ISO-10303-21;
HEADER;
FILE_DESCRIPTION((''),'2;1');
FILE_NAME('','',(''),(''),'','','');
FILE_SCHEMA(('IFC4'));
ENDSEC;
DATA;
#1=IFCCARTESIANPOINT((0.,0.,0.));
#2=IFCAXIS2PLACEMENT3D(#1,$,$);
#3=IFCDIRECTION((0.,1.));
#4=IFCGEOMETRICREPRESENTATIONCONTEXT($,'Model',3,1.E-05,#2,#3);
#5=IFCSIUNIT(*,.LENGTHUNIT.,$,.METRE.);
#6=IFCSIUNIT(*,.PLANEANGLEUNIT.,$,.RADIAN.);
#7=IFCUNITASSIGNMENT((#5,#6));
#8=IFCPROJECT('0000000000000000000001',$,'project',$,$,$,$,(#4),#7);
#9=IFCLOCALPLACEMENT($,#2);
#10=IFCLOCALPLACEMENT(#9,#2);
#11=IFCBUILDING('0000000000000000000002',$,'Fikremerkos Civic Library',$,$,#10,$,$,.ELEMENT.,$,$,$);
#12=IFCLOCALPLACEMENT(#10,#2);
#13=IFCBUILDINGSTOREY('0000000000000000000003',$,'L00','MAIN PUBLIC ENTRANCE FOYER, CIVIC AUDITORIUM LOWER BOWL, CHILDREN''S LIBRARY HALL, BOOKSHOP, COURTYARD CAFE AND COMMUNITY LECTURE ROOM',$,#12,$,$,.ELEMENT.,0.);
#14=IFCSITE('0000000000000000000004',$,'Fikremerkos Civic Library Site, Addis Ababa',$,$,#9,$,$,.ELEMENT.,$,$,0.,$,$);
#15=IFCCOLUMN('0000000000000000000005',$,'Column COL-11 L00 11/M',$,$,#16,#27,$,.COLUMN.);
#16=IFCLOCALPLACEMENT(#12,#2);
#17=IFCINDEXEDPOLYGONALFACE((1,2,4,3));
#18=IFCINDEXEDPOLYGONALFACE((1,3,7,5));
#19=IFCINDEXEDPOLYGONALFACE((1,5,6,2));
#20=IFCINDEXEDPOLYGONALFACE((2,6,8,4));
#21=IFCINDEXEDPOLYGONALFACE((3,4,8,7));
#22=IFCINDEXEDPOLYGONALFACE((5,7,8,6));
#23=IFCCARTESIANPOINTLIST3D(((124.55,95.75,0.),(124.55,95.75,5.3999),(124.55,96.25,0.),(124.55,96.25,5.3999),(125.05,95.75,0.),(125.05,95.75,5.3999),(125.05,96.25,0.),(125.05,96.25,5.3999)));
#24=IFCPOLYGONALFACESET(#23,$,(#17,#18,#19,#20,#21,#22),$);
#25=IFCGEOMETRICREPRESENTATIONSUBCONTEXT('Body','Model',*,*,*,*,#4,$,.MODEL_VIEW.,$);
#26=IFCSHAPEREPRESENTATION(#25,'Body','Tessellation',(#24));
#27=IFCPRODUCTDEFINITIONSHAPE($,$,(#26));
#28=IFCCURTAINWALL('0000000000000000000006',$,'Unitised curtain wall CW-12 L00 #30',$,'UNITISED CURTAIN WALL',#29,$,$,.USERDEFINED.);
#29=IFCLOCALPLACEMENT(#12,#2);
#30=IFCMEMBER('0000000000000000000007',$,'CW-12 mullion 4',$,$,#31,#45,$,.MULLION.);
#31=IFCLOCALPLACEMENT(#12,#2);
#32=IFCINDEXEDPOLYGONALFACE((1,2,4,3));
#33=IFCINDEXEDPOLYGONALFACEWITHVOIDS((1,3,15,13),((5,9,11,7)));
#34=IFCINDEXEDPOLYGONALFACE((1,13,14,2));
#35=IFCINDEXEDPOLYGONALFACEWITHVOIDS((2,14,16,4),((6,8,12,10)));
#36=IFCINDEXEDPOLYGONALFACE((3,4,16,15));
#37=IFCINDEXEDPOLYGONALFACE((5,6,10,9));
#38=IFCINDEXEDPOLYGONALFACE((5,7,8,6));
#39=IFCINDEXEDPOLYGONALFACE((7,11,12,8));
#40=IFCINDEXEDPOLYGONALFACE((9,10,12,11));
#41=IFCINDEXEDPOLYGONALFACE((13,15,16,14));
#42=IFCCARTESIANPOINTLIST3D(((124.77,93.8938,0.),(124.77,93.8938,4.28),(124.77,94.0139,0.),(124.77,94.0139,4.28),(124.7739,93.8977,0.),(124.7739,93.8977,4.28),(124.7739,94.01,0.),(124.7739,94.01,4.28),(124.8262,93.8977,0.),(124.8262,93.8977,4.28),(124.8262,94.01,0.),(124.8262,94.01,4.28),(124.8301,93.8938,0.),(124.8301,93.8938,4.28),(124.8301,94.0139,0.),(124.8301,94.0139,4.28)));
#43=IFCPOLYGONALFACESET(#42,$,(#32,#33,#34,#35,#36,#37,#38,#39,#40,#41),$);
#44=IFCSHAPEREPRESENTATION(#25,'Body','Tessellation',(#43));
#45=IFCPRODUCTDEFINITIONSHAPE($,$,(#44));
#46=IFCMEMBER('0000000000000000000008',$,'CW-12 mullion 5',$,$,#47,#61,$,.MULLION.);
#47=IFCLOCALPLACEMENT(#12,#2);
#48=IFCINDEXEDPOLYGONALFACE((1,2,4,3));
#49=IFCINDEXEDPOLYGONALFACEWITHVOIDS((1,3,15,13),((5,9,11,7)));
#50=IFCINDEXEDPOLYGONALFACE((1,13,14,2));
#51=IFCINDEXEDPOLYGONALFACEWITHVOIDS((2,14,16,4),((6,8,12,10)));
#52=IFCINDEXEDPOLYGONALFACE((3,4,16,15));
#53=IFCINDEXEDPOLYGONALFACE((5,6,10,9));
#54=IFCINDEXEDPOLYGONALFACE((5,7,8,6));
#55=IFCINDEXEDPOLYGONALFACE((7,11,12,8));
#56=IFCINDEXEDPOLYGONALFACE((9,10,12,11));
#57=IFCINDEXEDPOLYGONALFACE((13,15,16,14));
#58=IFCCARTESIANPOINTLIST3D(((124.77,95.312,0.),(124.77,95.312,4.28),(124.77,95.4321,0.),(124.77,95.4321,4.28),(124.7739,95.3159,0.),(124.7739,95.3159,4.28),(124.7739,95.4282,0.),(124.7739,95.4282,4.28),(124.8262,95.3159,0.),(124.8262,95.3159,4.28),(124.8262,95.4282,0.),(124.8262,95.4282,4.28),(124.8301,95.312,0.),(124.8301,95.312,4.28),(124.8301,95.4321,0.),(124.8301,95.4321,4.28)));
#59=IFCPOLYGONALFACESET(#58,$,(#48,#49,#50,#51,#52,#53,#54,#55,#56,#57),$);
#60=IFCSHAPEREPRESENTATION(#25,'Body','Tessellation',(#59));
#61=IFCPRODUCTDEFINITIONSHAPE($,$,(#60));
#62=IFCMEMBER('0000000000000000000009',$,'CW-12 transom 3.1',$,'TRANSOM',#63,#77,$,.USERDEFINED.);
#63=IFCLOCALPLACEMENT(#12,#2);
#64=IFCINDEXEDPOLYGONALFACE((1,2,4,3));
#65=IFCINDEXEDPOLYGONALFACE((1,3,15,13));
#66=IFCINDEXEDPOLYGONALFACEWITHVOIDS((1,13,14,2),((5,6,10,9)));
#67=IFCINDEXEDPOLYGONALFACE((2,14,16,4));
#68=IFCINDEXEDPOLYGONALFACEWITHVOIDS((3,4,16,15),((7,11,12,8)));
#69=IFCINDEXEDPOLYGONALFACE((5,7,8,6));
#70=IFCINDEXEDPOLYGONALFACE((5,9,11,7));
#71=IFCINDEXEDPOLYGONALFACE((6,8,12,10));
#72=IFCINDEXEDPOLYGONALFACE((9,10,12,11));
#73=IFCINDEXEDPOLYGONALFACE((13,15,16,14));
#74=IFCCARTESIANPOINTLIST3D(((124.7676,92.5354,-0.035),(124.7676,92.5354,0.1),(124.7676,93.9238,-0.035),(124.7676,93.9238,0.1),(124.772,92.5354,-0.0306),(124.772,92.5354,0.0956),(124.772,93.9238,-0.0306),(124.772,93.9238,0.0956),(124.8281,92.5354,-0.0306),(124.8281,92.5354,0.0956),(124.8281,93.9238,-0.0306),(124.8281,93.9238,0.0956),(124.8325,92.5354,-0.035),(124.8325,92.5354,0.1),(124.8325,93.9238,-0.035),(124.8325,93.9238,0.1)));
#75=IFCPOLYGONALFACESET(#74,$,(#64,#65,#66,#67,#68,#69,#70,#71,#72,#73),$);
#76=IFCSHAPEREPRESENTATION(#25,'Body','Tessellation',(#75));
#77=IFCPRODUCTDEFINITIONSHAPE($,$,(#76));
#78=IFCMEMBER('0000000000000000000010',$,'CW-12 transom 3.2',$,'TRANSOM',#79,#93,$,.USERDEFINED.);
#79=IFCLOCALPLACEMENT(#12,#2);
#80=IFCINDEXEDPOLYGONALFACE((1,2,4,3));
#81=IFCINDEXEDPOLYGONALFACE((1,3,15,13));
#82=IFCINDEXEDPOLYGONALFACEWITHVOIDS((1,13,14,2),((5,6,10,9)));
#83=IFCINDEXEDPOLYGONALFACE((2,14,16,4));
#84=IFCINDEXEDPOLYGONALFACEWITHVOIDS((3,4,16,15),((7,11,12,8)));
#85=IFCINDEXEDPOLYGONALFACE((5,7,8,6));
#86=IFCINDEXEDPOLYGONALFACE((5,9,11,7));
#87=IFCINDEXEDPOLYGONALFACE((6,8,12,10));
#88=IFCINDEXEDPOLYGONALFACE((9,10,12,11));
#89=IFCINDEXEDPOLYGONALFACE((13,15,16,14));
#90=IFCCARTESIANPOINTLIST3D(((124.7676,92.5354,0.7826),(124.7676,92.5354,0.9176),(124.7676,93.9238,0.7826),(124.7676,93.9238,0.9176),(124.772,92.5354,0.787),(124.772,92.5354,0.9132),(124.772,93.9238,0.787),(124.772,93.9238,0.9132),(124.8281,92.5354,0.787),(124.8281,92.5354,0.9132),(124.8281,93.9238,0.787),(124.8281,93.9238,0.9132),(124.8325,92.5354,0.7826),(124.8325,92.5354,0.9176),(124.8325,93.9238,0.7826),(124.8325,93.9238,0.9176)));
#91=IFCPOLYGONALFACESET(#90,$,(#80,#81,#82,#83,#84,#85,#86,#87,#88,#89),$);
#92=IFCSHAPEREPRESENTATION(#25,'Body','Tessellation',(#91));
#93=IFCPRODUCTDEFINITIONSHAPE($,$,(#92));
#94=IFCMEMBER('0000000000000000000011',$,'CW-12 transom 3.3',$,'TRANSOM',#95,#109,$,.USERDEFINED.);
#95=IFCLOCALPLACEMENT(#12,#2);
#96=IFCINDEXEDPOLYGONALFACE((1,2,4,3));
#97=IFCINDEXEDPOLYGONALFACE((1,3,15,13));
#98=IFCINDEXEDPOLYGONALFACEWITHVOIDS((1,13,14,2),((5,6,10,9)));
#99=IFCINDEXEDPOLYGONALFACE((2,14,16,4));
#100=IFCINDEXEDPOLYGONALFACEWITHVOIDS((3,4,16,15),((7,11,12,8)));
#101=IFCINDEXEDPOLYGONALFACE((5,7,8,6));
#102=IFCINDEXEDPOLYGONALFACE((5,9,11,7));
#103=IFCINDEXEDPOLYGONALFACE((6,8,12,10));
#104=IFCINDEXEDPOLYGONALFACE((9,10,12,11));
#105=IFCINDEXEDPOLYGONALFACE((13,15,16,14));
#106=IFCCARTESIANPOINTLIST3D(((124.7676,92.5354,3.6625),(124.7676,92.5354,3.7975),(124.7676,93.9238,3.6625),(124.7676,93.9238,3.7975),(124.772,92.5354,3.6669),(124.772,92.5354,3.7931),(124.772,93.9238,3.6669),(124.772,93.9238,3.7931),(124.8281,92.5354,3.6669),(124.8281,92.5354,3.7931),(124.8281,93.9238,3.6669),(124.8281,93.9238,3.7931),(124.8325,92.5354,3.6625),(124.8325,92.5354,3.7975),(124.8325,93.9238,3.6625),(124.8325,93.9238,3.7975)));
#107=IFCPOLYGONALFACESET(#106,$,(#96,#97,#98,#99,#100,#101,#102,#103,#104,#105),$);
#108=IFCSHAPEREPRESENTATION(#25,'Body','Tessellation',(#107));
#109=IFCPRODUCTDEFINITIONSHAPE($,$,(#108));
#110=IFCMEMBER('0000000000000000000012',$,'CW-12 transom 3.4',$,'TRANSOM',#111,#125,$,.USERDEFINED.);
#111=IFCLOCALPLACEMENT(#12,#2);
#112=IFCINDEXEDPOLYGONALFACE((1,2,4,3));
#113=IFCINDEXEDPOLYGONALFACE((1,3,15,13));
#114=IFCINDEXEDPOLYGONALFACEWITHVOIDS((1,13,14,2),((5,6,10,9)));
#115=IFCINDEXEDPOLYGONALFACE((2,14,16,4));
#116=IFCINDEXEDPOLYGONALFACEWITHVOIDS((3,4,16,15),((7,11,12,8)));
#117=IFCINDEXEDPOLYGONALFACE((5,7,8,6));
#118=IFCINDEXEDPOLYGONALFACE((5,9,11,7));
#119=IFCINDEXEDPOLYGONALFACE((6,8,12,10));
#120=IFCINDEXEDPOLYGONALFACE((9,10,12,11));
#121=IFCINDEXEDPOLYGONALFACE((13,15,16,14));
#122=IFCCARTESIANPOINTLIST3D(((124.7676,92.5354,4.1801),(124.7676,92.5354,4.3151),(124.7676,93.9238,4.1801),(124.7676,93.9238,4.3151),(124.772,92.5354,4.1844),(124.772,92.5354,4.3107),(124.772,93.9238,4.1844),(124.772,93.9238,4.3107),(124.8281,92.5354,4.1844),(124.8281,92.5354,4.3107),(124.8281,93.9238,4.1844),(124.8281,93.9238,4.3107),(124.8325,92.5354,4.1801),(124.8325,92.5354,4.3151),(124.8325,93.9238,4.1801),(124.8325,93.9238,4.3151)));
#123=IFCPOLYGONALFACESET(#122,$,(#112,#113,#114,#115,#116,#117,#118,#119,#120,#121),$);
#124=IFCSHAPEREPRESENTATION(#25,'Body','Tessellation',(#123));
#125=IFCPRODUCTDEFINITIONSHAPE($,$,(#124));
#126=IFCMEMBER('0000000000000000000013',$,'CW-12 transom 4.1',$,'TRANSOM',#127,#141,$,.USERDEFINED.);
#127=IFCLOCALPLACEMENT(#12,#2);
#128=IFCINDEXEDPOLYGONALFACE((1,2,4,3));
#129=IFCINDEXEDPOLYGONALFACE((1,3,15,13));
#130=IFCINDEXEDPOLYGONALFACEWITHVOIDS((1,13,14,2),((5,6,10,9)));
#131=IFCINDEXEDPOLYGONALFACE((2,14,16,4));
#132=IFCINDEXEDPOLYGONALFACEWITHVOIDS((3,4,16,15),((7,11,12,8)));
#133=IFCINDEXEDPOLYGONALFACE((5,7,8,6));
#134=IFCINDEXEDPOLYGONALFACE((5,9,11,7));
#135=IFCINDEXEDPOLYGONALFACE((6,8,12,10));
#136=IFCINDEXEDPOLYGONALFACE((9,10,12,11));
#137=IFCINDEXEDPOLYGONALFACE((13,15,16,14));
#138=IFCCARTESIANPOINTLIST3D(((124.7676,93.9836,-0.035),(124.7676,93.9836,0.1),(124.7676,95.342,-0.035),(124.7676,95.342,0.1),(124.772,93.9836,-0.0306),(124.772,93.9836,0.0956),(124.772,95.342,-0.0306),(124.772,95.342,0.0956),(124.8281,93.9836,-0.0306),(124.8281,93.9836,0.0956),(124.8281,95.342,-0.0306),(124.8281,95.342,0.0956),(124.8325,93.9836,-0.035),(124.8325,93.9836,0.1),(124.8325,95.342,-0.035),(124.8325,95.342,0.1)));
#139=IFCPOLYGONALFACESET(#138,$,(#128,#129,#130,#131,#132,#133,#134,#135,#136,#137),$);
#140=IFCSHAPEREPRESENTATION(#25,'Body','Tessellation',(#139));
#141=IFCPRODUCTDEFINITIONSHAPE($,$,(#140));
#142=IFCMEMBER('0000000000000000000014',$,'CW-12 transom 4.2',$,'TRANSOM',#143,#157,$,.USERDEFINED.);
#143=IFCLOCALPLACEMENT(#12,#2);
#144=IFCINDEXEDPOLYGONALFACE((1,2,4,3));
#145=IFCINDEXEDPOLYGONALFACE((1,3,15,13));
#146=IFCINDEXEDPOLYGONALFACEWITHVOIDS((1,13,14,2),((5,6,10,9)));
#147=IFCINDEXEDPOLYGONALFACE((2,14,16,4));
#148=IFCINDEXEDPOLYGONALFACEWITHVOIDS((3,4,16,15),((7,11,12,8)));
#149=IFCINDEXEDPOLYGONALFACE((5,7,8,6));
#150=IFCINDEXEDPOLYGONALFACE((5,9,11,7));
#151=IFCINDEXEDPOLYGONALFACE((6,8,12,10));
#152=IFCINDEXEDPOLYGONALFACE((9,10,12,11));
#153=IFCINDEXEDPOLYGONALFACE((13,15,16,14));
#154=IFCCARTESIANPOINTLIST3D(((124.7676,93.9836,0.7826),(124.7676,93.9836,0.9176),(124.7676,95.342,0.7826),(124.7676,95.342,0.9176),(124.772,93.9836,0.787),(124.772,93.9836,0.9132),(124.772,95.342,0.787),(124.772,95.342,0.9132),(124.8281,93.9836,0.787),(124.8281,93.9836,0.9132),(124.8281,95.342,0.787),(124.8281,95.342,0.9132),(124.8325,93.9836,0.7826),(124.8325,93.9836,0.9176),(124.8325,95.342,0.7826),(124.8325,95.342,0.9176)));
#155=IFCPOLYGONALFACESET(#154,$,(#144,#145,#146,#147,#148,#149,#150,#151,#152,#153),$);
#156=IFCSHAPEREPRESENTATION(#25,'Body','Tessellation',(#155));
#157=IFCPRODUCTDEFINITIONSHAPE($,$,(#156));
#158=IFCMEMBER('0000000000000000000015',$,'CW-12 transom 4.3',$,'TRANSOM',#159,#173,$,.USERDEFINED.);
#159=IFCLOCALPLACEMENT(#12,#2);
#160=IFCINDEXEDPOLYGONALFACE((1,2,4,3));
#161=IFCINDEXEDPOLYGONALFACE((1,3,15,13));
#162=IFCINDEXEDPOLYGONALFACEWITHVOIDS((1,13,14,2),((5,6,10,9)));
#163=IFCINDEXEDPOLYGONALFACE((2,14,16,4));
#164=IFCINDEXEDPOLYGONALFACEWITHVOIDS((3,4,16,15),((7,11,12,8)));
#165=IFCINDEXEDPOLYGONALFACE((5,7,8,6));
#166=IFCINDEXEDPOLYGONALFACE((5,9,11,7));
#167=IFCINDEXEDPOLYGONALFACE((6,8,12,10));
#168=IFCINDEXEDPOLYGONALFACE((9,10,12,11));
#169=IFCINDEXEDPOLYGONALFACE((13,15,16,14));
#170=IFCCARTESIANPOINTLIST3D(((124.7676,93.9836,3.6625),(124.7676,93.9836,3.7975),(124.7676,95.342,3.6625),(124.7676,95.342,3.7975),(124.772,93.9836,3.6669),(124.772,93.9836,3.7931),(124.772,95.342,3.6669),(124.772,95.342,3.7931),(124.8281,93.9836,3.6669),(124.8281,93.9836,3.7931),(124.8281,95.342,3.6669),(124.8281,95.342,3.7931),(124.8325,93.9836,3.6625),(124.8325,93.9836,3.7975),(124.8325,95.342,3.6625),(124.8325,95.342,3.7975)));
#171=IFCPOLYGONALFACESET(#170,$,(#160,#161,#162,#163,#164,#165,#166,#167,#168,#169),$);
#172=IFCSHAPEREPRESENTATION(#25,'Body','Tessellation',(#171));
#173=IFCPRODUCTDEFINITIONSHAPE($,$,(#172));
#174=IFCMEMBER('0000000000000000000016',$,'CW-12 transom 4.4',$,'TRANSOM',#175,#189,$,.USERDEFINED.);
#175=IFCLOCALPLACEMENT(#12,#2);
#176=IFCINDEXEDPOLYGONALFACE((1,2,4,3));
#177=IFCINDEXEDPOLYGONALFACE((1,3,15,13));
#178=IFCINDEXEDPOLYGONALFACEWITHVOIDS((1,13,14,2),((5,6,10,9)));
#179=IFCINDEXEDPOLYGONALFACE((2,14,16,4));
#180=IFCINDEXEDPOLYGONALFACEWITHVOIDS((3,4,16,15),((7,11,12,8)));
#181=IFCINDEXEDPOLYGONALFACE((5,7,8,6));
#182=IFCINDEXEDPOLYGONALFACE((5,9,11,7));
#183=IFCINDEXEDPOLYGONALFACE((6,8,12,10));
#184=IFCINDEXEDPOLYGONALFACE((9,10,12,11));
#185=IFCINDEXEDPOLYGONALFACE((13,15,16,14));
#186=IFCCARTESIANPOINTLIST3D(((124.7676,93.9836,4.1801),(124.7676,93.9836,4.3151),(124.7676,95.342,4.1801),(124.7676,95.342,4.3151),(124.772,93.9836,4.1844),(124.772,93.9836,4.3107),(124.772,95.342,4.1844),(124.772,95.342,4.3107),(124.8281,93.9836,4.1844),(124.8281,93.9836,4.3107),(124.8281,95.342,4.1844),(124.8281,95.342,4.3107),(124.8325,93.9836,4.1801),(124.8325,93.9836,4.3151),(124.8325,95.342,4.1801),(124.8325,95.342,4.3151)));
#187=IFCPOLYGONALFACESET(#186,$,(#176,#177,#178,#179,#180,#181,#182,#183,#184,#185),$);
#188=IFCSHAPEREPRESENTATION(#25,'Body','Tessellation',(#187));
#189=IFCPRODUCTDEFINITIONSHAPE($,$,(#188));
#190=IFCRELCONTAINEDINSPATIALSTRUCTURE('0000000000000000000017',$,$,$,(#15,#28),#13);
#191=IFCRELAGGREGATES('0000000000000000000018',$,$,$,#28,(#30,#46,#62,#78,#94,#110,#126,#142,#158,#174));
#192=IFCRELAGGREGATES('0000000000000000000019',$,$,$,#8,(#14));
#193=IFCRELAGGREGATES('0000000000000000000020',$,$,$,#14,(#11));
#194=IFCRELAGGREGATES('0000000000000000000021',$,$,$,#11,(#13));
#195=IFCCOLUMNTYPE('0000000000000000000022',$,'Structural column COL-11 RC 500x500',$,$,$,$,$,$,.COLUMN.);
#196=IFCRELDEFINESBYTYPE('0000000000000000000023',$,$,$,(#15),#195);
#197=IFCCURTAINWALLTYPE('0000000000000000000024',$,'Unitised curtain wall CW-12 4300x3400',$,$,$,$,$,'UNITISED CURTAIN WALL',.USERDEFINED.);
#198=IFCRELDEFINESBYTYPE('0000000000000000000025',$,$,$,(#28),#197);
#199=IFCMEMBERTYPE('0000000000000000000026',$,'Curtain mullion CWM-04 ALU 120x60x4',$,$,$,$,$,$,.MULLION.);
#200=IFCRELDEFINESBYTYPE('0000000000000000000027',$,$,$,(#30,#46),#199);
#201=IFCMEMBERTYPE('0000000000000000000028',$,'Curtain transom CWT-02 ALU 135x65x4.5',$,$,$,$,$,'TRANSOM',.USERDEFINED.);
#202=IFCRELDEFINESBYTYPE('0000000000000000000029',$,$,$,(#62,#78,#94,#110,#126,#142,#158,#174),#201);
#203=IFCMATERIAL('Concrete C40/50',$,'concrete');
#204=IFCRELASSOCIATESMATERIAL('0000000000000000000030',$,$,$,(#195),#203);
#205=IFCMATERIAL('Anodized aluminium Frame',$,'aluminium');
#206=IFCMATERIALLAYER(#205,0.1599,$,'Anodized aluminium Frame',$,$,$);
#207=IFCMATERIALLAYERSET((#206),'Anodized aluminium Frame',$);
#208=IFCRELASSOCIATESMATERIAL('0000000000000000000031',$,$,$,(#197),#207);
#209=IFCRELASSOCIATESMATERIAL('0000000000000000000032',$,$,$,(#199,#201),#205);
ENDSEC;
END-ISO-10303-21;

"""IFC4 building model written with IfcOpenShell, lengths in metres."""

from ifc_helpers import new_model, si_unit, direction, frame, origin, origin_2d, place, context, subcontext, project, spatial, rectangle, hollow_rectangle, extrude, material, layer, layer_set, material_profile, profile_set, type_object, element, aggregate, save


model = new_model("IFC4")

# Units and contexts
model_context = context("Model", 3, precision=1e-05, world=origin(), true_north=direction((0.0, 1.0)))
body_context = subcontext(model_context, "Body", "Model", "MODEL_VIEW")
ifc_project = project(units=[si_unit("LENGTHUNIT", "METRE"), si_unit("PLANEANGLEUNIT", "RADIAN")], contexts=[model_context])

# Site, building, storey
site_placement = place(None, origin())
site = spatial("IfcSite", under=ifc_project, at=site_placement, Name="Fikremerkos Civic Library Site, Addis Ababa", CompositionType="ELEMENT", RefElevation=0.0)
building_placement = place(site_placement, origin())
building = spatial("IfcBuilding", under=site, at=building_placement, Name="Fikremerkos Civic Library", CompositionType="ELEMENT")
storey_placement = place(building_placement, origin())
storey = spatial("IfcBuildingStorey", under=building, at=storey_placement, Name="L00", Description="MAIN PUBLIC ENTRANCE FOYER, CIVIC AUDITORIUM LOWER BOWL, CHILDREN'S LIBRARY HALL, BOOKSHOP, COURTYARD CAFE AND COMMUNITY LECTURE ROOM", CompositionType="ELEMENT", Elevation=0.0)

# Column
ifc_material_1 = material(Name="Concrete C40/50", Category="concrete")
ifc_material_profile_1 = material_profile(ifc_material_1, rectangle(XDim=0.5, YDim=0.5, at=origin_2d()), Name="RC 500x500")
ifc_profile_set_1 = profile_set([ifc_material_profile_1], Name="Concrete C40/50")
column_type = type_object("IfcColumnType", Name="Structural column COL-11 RC 500x500", PredefinedType="COLUMN", material=ifc_profile_set_1)
column_placement = place(storey_placement, frame((124.8, 96.0, 0.0), z_axis=(0.0, 0.0, 1.0), x_axis=(1.0, 0.0, 0.0)))
element("IfcColumn", 1, at=column_placement, inside=storey, type_object=column_type, Name="Column COL-11 L00 11/M", PredefinedType="COLUMN", context=body_context, shape_type="SweptSolid", body=[
    extrude(rectangle(XDim=0.5, YDim=0.5, at=origin_2d()), origin(), (0.0, 0.0, 1.0), 5.3999),
])

# Curtain wall, members
ifc_material_2 = material(Name="Anodized aluminium Frame", Category="aluminium")
ifc_layer_1 = layer(ifc_material_2, 0.1599, Name="Anodized aluminium Frame")
ifc_layer_set_1 = layer_set([ifc_layer_1], Name="Anodized aluminium Frame")
curtain_wall_type = type_object("IfcCurtainWallType", Name="Unitised curtain wall CW-12 4300x3400", ElementType="UNITISED CURTAIN WALL", PredefinedType="USERDEFINED", material=ifc_layer_set_1)
curtain_wall_placement = place(storey_placement, origin())
curtain_wall = element("IfcCurtainWall", 2, at=curtain_wall_placement, inside=storey, type_object=curtain_wall_type, Name="Unitised curtain wall CW-12 L00 #30", ObjectType="UNITISED CURTAIN WALL", PredefinedType="USERDEFINED")
ifc_material_profile_2 = material_profile(ifc_material_2, hollow_rectangle(XDim=0.0601, YDim=0.1201, WallThickness=0.0039, at=origin_2d()), Name="ALU 120x60x4")
ifc_profile_set_2 = profile_set([ifc_material_profile_2], Name="Anodized aluminium Frame")
member_type_1 = type_object("IfcMemberType", Name="Curtain mullion CWM-04 ALU 120x60x4", PredefinedType="MULLION", material=ifc_profile_set_2)
member_1_placement = place(storey_placement, frame((124.8, 93.9539, 0.0), z_axis=(0.0, 0.0, 1.0), x_axis=(-1.0, 0.0, 0.0)))
member_1 = element("IfcMember", 3, at=member_1_placement, type_object=member_type_1, Name="CW-12 mullion 4", PredefinedType="MULLION", context=body_context, shape_type="SweptSolid", body=[
    extrude(hollow_rectangle(XDim=0.0601, YDim=0.1201, WallThickness=0.0039, at=origin_2d()), origin(), (0.0, 0.0, 1.0), 4.28),
])
member_2_placement = place(storey_placement, frame((124.8, 95.3721, 0.0), z_axis=(0.0, 0.0, 1.0), x_axis=(-1.0, 0.0, 0.0)))
member_2 = element("IfcMember", 4, at=member_2_placement, type_object=member_type_1, Name="CW-12 mullion 5", PredefinedType="MULLION", context=body_context, shape_type="SweptSolid", body=[
    extrude(hollow_rectangle(XDim=0.0601, YDim=0.1201, WallThickness=0.0039, at=origin_2d()), origin(), (0.0, 0.0, 1.0), 4.28),
])
ifc_material_profile_3 = material_profile(ifc_material_2, hollow_rectangle(XDim=0.0649, YDim=0.135, WallThickness=0.0044, at=origin_2d()), Name="ALU 135x65x4.5")
ifc_profile_set_3 = profile_set([ifc_material_profile_3], Name="Anodized aluminium Frame")
member_type_2 = type_object("IfcMemberType", Name="Curtain transom CWT-02 ALU 135x65x4.5", ElementType="TRANSOM", PredefinedType="USERDEFINED", material=ifc_profile_set_3)
member_3_placement = place(storey_placement, frame((124.8, 92.5354, 0.0325), z_axis=(0.0, 1.0, 0.0), x_axis=(-1.0, 0.0, 0.0)))
member_3 = element("IfcMember", 5, at=member_3_placement, type_object=member_type_2, Name="CW-12 transom 3.1", ObjectType="TRANSOM", PredefinedType="USERDEFINED", context=body_context, shape_type="SweptSolid", body=[
    extrude(hollow_rectangle(XDim=0.0649, YDim=0.135, WallThickness=0.0044, at=origin_2d()), origin(), (0.0, 0.0, 1.0), 1.3884),
])
member_4_placement = place(storey_placement, frame((124.8, 92.5354, 0.8501), z_axis=(0.0, 1.0, 0.0), x_axis=(-1.0, 0.0, 0.0)))
member_4 = element("IfcMember", 6, at=member_4_placement, type_object=member_type_2, Name="CW-12 transom 3.2", ObjectType="TRANSOM", PredefinedType="USERDEFINED", context=body_context, shape_type="SweptSolid", body=[
    extrude(hollow_rectangle(XDim=0.0649, YDim=0.135, WallThickness=0.0044, at=origin_2d()), origin(), (0.0, 0.0, 1.0), 1.3884),
])
member_5_placement = place(storey_placement, frame((124.8, 92.5354, 3.73), z_axis=(0.0, 1.0, 0.0), x_axis=(-1.0, 0.0, 0.0)))
member_5 = element("IfcMember", 7, at=member_5_placement, type_object=member_type_2, Name="CW-12 transom 3.3", ObjectType="TRANSOM", PredefinedType="USERDEFINED", context=body_context, shape_type="SweptSolid", body=[
    extrude(hollow_rectangle(XDim=0.0649, YDim=0.135, WallThickness=0.0044, at=origin_2d()), origin(), (0.0, 0.0, 1.0), 1.3884),
])
member_6_placement = place(storey_placement, frame((124.8, 92.5354, 4.2476), z_axis=(0.0, 1.0, 0.0), x_axis=(-1.0, 0.0, 0.0)))
member_6 = element("IfcMember", 8, at=member_6_placement, type_object=member_type_2, Name="CW-12 transom 3.4", ObjectType="TRANSOM", PredefinedType="USERDEFINED", context=body_context, shape_type="SweptSolid", body=[
    extrude(hollow_rectangle(XDim=0.0649, YDim=0.135, WallThickness=0.0044, at=origin_2d()), origin(), (0.0, 0.0, 1.0), 1.3884),
])
member_7_placement = place(storey_placement, frame((124.8, 93.9836, 0.0325), z_axis=(0.0, 1.0, 0.0), x_axis=(-1.0, 0.0, 0.0)))
member_7 = element("IfcMember", 9, at=member_7_placement, type_object=member_type_2, Name="CW-12 transom 4.1", ObjectType="TRANSOM", PredefinedType="USERDEFINED", context=body_context, shape_type="SweptSolid", body=[
    extrude(hollow_rectangle(XDim=0.0649, YDim=0.135, WallThickness=0.0044, at=origin_2d()), origin(), (0.0, 0.0, 1.0), 1.3584),
])
member_8_placement = place(storey_placement, frame((124.8, 93.9836, 0.8501), z_axis=(0.0, 1.0, 0.0), x_axis=(-1.0, 0.0, 0.0)))
member_8 = element("IfcMember", 10, at=member_8_placement, type_object=member_type_2, Name="CW-12 transom 4.2", ObjectType="TRANSOM", PredefinedType="USERDEFINED", context=body_context, shape_type="SweptSolid", body=[
    extrude(hollow_rectangle(XDim=0.0649, YDim=0.135, WallThickness=0.0044, at=origin_2d()), origin(), (0.0, 0.0, 1.0), 1.3584),
])
member_9_placement = place(storey_placement, frame((124.8, 93.9836, 3.73), z_axis=(0.0, 1.0, 0.0), x_axis=(-1.0, 0.0, 0.0)))
member_9 = element("IfcMember", 11, at=member_9_placement, type_object=member_type_2, Name="CW-12 transom 4.3", ObjectType="TRANSOM", PredefinedType="USERDEFINED", context=body_context, shape_type="SweptSolid", body=[
    extrude(hollow_rectangle(XDim=0.0649, YDim=0.135, WallThickness=0.0044, at=origin_2d()), origin(), (0.0, 0.0, 1.0), 1.3584),
])
member_10_placement = place(storey_placement, frame((124.8, 93.9836, 4.2476), z_axis=(0.0, 1.0, 0.0), x_axis=(-1.0, 0.0, 0.0)))
member_10 = element("IfcMember", 12, at=member_10_placement, type_object=member_type_2, Name="CW-12 transom 4.4", ObjectType="TRANSOM", PredefinedType="USERDEFINED", context=body_context, shape_type="SweptSolid", body=[
    extrude(hollow_rectangle(XDim=0.0649, YDim=0.135, WallThickness=0.0044, at=origin_2d()), origin(), (0.0, 0.0, 1.0), 1.3584),
])

aggregate(curtain_wall, [member_1, member_2, member_3, member_4, member_5, member_6, member_7, member_8, member_9, member_10])

save(model, "model.ifc")
